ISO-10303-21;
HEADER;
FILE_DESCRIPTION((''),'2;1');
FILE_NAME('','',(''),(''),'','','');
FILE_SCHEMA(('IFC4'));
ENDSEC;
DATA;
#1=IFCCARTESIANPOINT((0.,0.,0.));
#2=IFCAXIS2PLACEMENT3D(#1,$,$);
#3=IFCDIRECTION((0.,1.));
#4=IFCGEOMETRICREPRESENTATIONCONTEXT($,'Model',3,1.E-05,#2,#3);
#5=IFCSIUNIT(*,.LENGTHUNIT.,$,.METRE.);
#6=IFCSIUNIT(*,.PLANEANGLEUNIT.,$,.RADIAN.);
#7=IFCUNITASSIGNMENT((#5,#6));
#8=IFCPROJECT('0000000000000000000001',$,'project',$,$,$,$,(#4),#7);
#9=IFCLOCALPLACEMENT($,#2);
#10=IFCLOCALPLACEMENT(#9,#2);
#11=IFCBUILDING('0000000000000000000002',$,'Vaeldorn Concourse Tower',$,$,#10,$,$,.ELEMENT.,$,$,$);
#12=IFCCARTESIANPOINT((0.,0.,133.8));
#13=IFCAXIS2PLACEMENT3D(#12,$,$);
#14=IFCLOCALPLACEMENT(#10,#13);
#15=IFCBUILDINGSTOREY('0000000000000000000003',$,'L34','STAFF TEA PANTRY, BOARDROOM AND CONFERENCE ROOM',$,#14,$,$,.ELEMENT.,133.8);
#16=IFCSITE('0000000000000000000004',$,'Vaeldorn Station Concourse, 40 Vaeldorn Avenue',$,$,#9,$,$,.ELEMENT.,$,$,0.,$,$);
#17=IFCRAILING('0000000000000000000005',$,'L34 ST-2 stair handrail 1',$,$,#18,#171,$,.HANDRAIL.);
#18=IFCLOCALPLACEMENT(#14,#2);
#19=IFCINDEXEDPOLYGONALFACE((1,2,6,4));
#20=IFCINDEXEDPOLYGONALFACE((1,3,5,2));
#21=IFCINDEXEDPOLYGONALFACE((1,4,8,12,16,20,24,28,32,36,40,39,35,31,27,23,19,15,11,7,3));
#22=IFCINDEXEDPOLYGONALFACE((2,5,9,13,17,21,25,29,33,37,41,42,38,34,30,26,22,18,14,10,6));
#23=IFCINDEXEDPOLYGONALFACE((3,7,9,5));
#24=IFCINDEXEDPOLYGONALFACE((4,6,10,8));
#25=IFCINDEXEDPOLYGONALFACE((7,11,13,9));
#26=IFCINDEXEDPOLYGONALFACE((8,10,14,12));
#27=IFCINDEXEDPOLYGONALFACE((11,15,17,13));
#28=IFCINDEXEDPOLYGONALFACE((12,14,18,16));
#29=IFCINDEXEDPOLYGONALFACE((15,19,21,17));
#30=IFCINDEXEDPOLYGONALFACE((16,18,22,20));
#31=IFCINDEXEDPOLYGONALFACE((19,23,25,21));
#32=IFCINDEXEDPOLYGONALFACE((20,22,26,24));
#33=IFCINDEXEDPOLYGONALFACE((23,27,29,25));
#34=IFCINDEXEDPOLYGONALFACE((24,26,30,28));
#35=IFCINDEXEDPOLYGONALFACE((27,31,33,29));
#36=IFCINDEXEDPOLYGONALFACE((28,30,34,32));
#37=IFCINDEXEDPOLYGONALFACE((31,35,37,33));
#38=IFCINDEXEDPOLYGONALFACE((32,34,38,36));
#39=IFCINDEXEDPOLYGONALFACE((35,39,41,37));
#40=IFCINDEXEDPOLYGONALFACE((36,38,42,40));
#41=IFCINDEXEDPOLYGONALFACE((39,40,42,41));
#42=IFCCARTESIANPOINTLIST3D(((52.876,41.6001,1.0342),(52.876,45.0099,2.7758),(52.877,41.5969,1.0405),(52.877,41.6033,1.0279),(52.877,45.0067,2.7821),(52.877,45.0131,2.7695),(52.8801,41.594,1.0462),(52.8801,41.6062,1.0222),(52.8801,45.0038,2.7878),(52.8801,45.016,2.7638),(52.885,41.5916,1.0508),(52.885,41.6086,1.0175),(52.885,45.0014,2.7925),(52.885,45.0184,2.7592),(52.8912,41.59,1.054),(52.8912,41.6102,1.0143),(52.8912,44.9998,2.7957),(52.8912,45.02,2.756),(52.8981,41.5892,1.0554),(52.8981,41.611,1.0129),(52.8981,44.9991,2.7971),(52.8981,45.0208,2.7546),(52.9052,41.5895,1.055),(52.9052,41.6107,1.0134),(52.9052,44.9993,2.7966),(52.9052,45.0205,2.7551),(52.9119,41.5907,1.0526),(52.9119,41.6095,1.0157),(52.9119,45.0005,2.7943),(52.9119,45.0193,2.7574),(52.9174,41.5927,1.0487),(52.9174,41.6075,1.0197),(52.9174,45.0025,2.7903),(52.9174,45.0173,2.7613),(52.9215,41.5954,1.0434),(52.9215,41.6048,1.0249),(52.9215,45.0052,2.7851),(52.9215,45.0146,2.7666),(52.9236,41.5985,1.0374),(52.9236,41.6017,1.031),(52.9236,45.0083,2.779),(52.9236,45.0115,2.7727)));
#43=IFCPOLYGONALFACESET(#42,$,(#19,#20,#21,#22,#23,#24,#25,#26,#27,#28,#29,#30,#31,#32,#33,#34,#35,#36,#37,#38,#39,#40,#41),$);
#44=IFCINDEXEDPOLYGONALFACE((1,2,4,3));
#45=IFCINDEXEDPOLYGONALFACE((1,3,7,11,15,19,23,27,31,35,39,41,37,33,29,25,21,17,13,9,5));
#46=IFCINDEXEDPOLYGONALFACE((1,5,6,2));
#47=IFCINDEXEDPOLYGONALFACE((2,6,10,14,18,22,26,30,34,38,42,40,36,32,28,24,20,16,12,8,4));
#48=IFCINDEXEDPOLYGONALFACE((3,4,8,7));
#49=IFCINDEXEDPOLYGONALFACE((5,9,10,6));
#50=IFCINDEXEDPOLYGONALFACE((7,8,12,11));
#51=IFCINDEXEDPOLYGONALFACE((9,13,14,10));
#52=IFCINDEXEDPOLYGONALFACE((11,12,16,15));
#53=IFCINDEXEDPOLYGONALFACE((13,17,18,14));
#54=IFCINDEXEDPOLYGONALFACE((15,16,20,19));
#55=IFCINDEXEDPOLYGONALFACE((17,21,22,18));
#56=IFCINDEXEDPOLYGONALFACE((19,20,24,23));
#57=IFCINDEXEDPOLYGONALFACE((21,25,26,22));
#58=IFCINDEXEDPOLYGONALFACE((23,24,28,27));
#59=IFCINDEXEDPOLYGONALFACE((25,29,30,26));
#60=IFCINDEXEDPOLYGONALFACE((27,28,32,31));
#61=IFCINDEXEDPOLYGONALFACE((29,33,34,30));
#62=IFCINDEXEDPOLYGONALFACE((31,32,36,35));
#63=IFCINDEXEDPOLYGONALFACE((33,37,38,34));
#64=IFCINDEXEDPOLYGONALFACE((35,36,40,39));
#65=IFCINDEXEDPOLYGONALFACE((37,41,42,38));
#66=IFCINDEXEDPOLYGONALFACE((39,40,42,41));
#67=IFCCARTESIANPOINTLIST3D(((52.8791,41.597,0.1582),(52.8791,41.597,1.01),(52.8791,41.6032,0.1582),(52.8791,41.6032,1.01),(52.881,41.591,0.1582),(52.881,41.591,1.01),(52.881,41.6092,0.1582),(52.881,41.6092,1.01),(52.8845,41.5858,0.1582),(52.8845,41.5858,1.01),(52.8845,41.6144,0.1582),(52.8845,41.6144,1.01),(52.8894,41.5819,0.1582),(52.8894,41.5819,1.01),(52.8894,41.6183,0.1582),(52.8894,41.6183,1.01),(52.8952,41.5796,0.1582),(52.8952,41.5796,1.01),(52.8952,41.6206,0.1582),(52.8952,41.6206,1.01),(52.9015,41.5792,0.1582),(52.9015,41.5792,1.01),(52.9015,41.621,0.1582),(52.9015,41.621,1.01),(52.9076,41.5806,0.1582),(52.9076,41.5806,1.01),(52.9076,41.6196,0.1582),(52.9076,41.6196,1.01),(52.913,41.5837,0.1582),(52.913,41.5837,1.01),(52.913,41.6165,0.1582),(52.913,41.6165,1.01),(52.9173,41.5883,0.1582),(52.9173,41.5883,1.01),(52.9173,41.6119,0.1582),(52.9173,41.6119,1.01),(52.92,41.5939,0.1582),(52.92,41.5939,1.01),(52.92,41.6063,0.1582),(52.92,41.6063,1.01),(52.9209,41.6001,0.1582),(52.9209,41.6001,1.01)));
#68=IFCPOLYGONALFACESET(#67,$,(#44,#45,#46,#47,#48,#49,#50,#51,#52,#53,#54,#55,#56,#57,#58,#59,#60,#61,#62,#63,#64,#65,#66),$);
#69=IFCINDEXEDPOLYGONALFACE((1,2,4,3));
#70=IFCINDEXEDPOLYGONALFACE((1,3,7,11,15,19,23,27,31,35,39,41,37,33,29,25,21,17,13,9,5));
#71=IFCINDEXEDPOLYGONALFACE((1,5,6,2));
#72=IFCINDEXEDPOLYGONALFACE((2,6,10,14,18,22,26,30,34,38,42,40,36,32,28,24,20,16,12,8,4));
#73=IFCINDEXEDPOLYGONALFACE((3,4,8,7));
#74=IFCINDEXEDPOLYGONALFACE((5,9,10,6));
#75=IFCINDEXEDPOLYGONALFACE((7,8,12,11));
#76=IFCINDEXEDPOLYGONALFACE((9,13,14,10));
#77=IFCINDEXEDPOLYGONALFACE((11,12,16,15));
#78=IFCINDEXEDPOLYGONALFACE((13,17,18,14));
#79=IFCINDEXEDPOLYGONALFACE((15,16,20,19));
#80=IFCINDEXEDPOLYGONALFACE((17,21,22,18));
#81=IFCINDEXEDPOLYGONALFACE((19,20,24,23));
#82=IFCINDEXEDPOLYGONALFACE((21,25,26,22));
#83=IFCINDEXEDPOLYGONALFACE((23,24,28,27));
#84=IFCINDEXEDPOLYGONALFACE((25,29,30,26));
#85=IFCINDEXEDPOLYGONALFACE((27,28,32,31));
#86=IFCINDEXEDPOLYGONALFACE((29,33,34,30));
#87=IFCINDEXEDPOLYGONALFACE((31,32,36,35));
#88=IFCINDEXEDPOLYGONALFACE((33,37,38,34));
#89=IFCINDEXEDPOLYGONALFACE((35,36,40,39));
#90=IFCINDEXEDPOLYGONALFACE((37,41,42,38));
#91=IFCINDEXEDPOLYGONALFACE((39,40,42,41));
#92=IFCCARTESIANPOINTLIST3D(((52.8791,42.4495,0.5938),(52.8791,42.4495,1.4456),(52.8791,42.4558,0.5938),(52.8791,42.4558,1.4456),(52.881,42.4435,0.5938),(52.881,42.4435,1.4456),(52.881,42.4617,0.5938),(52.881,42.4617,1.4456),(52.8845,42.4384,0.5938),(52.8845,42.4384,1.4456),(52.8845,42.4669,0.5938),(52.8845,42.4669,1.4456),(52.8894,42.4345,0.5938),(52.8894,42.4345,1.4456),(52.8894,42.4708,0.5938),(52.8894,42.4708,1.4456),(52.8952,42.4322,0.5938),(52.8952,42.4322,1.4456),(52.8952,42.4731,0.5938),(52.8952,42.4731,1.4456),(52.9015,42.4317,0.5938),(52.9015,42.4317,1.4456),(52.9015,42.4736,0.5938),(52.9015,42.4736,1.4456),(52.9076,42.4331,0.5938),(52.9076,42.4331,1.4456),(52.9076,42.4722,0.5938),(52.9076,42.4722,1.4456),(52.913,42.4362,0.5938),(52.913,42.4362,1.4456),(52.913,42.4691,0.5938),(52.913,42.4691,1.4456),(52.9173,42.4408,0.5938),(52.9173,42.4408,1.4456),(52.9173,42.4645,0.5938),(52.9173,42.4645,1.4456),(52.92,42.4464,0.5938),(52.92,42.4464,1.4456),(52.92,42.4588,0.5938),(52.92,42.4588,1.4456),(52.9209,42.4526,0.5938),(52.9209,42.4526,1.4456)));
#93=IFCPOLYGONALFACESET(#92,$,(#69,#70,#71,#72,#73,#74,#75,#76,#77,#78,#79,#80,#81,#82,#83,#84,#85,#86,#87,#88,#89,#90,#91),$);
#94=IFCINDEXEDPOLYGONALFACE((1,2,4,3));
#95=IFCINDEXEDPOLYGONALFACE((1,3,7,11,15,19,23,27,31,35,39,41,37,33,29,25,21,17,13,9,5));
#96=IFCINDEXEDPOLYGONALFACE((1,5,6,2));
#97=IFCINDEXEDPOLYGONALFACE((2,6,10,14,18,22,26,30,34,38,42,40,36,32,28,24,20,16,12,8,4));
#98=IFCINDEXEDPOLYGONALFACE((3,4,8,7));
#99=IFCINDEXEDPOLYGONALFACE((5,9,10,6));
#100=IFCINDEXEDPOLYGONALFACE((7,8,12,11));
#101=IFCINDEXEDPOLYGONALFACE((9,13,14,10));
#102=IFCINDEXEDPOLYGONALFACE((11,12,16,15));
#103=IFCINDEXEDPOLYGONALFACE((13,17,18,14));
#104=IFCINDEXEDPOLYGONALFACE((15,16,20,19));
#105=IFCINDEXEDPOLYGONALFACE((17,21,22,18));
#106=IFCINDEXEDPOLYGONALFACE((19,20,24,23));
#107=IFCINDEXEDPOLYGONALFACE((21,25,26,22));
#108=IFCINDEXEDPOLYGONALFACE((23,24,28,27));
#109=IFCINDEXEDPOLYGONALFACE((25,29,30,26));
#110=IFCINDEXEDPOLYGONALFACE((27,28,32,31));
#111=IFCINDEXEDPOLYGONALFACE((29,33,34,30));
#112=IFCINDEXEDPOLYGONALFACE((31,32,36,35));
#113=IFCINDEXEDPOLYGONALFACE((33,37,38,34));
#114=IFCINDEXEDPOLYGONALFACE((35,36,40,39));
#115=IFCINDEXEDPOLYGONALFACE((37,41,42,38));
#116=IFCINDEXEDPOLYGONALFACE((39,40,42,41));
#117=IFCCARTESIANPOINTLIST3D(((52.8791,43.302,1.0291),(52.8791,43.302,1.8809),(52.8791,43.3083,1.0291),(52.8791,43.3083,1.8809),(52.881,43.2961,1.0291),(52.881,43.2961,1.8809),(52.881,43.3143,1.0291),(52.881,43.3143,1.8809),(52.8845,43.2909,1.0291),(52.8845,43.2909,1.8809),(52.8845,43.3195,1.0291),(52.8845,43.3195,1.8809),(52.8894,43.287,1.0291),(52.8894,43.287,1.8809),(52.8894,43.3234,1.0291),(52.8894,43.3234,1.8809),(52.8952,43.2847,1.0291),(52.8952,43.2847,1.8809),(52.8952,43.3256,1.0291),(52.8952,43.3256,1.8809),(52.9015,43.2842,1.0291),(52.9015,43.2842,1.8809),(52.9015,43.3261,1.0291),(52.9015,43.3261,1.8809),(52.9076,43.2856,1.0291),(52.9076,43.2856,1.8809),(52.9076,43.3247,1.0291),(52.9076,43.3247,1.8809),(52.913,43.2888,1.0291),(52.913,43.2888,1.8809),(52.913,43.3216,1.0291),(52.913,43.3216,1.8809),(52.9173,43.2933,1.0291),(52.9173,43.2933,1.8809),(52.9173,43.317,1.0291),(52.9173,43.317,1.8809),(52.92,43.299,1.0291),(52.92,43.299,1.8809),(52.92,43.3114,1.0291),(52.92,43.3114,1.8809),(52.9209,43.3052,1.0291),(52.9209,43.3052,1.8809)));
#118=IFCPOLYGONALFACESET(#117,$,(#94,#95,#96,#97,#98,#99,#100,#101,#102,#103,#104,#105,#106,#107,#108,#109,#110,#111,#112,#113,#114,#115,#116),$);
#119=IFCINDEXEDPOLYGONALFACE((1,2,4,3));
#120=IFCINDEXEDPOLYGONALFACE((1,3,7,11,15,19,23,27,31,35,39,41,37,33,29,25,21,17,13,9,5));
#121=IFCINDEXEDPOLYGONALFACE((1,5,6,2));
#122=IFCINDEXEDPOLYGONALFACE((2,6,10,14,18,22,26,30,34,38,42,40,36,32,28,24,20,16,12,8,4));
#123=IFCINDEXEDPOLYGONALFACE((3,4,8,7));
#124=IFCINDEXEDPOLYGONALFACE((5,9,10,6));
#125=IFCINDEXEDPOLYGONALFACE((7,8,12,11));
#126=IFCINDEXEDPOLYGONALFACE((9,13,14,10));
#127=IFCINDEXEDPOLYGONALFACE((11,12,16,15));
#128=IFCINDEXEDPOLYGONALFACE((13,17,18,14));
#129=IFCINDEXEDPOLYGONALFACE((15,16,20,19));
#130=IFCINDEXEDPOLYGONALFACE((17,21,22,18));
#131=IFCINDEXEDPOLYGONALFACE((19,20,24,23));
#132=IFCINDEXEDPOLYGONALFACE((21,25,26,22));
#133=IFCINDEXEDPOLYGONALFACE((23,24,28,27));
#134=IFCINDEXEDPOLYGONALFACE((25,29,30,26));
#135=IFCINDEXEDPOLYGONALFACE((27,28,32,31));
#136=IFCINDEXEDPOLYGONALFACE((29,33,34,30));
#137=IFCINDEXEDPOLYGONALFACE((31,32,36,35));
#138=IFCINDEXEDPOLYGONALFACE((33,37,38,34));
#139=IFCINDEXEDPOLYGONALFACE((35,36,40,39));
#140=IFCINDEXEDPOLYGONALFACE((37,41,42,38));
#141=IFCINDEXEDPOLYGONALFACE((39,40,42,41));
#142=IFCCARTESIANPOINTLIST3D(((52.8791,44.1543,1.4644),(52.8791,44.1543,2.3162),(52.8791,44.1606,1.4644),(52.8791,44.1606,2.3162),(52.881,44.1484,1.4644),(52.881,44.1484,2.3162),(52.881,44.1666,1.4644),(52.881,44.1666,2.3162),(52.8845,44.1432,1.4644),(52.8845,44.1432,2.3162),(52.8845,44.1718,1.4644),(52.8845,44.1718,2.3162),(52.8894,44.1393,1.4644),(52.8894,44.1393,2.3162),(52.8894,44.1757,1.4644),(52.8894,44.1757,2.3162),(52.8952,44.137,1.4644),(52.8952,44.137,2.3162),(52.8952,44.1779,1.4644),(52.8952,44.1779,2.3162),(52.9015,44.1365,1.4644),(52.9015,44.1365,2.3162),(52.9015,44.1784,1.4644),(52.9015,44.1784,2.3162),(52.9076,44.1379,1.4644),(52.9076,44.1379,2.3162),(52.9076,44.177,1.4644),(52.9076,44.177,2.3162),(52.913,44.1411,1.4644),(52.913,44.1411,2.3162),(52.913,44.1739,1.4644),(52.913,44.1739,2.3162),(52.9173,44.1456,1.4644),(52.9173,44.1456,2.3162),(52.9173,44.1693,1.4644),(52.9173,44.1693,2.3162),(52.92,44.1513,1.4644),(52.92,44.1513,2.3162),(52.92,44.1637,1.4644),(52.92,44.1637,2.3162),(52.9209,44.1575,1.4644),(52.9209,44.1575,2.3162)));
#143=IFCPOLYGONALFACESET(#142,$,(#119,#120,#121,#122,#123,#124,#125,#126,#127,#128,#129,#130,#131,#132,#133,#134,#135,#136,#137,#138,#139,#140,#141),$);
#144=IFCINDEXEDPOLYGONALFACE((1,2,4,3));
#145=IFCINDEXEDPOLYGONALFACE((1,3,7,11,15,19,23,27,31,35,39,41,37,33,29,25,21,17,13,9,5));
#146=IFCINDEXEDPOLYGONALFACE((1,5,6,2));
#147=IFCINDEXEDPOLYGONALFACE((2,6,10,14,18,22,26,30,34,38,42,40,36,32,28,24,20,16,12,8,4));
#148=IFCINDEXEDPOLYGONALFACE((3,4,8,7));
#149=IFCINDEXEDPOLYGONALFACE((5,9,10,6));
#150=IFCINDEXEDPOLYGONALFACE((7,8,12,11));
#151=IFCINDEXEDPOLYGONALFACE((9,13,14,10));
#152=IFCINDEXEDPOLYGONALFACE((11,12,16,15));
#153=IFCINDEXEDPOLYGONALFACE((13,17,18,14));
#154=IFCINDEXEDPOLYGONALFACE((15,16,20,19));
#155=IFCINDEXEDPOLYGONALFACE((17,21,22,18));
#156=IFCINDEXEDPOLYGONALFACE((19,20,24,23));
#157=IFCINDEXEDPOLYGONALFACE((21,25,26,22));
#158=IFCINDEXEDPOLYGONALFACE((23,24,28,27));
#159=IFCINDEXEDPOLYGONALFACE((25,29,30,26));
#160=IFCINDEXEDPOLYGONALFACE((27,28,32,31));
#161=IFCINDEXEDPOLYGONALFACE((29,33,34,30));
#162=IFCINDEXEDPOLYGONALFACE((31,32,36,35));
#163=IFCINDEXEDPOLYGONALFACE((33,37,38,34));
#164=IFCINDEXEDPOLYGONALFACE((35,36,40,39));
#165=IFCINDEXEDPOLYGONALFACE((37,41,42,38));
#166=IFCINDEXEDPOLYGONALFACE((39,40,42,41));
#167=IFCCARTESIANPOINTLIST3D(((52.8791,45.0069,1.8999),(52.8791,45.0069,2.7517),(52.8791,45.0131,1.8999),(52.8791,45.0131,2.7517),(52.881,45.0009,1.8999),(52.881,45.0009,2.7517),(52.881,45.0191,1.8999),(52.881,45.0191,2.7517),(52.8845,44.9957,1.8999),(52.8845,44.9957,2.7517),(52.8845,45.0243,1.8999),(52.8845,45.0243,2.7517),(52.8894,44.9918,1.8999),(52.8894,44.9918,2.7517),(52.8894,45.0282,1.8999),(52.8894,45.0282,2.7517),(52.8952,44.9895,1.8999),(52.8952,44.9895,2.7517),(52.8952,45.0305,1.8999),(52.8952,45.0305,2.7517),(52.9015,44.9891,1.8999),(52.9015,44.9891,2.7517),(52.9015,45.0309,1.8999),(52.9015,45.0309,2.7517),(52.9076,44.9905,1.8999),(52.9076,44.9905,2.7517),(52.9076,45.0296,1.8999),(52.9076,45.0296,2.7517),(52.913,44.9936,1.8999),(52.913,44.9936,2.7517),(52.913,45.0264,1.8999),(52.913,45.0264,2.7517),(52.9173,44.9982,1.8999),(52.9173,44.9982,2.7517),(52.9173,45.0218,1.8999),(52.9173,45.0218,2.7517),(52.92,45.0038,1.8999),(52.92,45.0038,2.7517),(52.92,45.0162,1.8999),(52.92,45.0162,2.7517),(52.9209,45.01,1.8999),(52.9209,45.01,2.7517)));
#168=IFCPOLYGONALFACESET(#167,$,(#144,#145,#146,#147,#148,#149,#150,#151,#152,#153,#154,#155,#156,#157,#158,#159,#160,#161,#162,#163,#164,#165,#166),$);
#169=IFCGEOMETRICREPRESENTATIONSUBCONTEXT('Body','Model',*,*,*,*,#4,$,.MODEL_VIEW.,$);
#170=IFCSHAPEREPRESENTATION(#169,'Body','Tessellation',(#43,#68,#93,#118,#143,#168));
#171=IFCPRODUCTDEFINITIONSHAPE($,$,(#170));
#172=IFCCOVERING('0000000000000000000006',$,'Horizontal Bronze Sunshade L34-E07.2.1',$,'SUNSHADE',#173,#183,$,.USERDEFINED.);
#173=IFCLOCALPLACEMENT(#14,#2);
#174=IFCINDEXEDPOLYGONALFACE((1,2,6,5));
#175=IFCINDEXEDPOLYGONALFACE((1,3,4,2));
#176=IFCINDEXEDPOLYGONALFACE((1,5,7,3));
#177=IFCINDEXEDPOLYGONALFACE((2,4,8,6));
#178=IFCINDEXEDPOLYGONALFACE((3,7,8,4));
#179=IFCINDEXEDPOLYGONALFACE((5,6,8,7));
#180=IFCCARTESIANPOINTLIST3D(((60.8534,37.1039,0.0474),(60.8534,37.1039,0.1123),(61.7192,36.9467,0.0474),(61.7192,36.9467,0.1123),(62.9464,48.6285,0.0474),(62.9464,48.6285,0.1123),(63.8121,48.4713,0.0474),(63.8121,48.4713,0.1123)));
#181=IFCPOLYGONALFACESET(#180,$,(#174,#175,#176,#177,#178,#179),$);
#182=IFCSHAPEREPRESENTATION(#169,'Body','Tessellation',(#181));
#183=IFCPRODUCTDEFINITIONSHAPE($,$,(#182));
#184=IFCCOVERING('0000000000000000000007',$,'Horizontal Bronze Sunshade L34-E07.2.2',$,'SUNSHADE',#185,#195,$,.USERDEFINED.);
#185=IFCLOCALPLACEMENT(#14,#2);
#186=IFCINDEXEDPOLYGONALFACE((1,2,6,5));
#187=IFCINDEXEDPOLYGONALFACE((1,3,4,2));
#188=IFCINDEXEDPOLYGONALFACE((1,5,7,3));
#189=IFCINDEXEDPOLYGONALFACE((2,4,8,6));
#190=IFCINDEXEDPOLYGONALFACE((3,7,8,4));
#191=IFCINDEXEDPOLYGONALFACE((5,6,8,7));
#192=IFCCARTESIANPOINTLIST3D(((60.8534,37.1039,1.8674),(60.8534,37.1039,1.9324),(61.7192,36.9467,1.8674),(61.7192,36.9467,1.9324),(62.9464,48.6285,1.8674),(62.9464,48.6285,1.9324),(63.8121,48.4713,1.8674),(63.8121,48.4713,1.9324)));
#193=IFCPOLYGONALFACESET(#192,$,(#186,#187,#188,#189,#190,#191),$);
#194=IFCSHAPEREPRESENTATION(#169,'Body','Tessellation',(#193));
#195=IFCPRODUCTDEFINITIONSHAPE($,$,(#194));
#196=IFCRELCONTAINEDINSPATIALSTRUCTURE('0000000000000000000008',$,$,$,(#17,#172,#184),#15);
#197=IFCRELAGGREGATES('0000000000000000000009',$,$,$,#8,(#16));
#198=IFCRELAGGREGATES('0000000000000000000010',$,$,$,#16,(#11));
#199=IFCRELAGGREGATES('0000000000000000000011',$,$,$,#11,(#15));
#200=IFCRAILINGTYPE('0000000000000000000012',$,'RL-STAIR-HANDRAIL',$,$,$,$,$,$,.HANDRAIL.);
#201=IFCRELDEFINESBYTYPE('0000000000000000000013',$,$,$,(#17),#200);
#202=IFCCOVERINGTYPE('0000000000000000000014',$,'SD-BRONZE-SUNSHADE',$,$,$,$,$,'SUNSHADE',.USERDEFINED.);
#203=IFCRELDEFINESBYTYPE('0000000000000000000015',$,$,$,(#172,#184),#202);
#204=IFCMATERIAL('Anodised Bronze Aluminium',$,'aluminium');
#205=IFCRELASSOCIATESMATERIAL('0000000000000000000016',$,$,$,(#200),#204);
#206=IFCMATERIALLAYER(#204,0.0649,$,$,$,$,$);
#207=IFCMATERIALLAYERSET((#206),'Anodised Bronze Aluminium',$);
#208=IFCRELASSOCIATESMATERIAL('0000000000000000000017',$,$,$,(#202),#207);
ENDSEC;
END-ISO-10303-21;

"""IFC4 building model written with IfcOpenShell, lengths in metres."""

from ifc_helpers import new_model, si_unit, direction, frame, origin, origin_2d, place, context, subcontext, project, spatial, rectangle, circle, extrude, source, transform, mapped, material, layer, layer_set, type_object, element, save


model = new_model("IFC4")

# Units and contexts
model_context = context("Model", 3, precision=1e-05, world=origin(), true_north=direction((0.0, 1.0)))
body_context = subcontext(model_context, "Body", "Model", "MODEL_VIEW")
ifc_project = project(units=[si_unit("LENGTHUNIT", "METRE"), si_unit("PLANEANGLEUNIT", "RADIAN")], contexts=[model_context])

# Site, building, storey
site_placement = place(None, origin())
site = spatial("IfcSite", under=ifc_project, at=site_placement, Name="Vaeldorn Station Concourse, 40 Vaeldorn Avenue", CompositionType="ELEMENT", RefElevation=0.0)
building_placement = place(site_placement, origin())
building = spatial("IfcBuilding", under=site, at=building_placement, Name="Vaeldorn Concourse Tower", CompositionType="ELEMENT")
storey_placement = place(building_placement, frame((0.0, 0.0, 133.8)))
storey = spatial("IfcBuildingStorey", under=building, at=storey_placement, Name="L34", Description="STAFF TEA PANTRY, BOARDROOM AND CONFERENCE ROOM", CompositionType="ELEMENT", Elevation=133.8)

# Shared definitions
ifc_material_1 = material(Name="Anodised Bronze Aluminium", Category="aluminium")

# Railing
railing_type_1 = type_object("IfcRailingType", Name="RL-STAIR-HANDRAIL", PredefinedType="HANDRAIL", material=ifc_material_1)
railing_1_placement = place(storey_placement, frame((52.8999, 41.6001, 0.1582)))
element("IfcRailing", 1, at=railing_1_placement, inside=storey, type_object=railing_type_1, Name="L34 ST-2 stair handrail 1", PredefinedType="HANDRAIL", context=body_context, shape_type="SweptSolid", body=[
    extrude(circle(Radius=0.0239, at=origin_2d()), frame((0.0, 0.0, 0.876), z_axis=(0.0, 0.890556, 0.454874), x_axis=(-1.0, 0.0, 0.0)), (0.0, 0.0, 1.0), 3.8289),
    extrude(circle(Radius=0.021, at=origin_2d()), origin(), (0.0, 0.0, 1.0), 0.8518),
    extrude(circle(Radius=0.021, at=origin_2d()), frame((0.0, 0.8525, 0.4355)), (0.0, 0.0, 1.0), 0.8518),
    extrude(circle(Radius=0.021, at=origin_2d()), frame((0.0, 1.7051, 0.8708)), (0.0, 0.0, 1.0), 0.8518),
    extrude(circle(Radius=0.021, at=origin_2d()), frame((0.0, 2.5574, 1.3062)), (0.0, 0.0, 1.0), 0.8518),
    extrude(circle(Radius=0.021, at=origin_2d()), frame((0.0, 3.4099, 1.7417)), (0.0, 0.0, 1.0), 0.8518),
])

# Coverings
ifc_layer_1 = layer(ifc_material_1, 0.0649)
ifc_layer_set_1 = layer_set([ifc_layer_1], Name="Anodised Bronze Aluminium")
covering_type = type_object("IfcCoveringType", Name="SD-BRONZE-SUNSHADE", ElementType="SUNSHADE", PredefinedType="USERDEFINED", material=ifc_layer_set_1)
shared_shape_1 = source(origin(), body_context, "Body", "SweptSolid", [
    extrude(rectangle(XDim=11.7131, YDim=0.8799, at=origin_2d()), origin(), (0.0, 0.0, 1.0), 0.0649),
])
for number, where, z_axis, x_axis, name in (
    (2, (62.3328, 42.7876, 0.0474), (0.0, 0.0, 1.0), (0.178682, 0.983907, 0.0), "Horizontal Bronze Sunshade L34-E07.2.1"),
    (3, (62.3328, 42.7876, 1.8674), (0.0, 0.0, 1.0), (0.178682, 0.983907, 0.0), "Horizontal Bronze Sunshade L34-E07.2.2"),
):
    element("IfcCovering", number, at=place(storey_placement, frame(where, z_axis=z_axis, x_axis=x_axis)), inside=storey, type_object=covering_type, Name=name, ObjectType="SUNSHADE", PredefinedType="USERDEFINED", context=body_context, shape_type="MappedRepresentation", body=[
        mapped(shared_shape_1, transform((0.0, 0.0, 0.0), scale=1.0)),
    ])

save(model, "model.ifc")
